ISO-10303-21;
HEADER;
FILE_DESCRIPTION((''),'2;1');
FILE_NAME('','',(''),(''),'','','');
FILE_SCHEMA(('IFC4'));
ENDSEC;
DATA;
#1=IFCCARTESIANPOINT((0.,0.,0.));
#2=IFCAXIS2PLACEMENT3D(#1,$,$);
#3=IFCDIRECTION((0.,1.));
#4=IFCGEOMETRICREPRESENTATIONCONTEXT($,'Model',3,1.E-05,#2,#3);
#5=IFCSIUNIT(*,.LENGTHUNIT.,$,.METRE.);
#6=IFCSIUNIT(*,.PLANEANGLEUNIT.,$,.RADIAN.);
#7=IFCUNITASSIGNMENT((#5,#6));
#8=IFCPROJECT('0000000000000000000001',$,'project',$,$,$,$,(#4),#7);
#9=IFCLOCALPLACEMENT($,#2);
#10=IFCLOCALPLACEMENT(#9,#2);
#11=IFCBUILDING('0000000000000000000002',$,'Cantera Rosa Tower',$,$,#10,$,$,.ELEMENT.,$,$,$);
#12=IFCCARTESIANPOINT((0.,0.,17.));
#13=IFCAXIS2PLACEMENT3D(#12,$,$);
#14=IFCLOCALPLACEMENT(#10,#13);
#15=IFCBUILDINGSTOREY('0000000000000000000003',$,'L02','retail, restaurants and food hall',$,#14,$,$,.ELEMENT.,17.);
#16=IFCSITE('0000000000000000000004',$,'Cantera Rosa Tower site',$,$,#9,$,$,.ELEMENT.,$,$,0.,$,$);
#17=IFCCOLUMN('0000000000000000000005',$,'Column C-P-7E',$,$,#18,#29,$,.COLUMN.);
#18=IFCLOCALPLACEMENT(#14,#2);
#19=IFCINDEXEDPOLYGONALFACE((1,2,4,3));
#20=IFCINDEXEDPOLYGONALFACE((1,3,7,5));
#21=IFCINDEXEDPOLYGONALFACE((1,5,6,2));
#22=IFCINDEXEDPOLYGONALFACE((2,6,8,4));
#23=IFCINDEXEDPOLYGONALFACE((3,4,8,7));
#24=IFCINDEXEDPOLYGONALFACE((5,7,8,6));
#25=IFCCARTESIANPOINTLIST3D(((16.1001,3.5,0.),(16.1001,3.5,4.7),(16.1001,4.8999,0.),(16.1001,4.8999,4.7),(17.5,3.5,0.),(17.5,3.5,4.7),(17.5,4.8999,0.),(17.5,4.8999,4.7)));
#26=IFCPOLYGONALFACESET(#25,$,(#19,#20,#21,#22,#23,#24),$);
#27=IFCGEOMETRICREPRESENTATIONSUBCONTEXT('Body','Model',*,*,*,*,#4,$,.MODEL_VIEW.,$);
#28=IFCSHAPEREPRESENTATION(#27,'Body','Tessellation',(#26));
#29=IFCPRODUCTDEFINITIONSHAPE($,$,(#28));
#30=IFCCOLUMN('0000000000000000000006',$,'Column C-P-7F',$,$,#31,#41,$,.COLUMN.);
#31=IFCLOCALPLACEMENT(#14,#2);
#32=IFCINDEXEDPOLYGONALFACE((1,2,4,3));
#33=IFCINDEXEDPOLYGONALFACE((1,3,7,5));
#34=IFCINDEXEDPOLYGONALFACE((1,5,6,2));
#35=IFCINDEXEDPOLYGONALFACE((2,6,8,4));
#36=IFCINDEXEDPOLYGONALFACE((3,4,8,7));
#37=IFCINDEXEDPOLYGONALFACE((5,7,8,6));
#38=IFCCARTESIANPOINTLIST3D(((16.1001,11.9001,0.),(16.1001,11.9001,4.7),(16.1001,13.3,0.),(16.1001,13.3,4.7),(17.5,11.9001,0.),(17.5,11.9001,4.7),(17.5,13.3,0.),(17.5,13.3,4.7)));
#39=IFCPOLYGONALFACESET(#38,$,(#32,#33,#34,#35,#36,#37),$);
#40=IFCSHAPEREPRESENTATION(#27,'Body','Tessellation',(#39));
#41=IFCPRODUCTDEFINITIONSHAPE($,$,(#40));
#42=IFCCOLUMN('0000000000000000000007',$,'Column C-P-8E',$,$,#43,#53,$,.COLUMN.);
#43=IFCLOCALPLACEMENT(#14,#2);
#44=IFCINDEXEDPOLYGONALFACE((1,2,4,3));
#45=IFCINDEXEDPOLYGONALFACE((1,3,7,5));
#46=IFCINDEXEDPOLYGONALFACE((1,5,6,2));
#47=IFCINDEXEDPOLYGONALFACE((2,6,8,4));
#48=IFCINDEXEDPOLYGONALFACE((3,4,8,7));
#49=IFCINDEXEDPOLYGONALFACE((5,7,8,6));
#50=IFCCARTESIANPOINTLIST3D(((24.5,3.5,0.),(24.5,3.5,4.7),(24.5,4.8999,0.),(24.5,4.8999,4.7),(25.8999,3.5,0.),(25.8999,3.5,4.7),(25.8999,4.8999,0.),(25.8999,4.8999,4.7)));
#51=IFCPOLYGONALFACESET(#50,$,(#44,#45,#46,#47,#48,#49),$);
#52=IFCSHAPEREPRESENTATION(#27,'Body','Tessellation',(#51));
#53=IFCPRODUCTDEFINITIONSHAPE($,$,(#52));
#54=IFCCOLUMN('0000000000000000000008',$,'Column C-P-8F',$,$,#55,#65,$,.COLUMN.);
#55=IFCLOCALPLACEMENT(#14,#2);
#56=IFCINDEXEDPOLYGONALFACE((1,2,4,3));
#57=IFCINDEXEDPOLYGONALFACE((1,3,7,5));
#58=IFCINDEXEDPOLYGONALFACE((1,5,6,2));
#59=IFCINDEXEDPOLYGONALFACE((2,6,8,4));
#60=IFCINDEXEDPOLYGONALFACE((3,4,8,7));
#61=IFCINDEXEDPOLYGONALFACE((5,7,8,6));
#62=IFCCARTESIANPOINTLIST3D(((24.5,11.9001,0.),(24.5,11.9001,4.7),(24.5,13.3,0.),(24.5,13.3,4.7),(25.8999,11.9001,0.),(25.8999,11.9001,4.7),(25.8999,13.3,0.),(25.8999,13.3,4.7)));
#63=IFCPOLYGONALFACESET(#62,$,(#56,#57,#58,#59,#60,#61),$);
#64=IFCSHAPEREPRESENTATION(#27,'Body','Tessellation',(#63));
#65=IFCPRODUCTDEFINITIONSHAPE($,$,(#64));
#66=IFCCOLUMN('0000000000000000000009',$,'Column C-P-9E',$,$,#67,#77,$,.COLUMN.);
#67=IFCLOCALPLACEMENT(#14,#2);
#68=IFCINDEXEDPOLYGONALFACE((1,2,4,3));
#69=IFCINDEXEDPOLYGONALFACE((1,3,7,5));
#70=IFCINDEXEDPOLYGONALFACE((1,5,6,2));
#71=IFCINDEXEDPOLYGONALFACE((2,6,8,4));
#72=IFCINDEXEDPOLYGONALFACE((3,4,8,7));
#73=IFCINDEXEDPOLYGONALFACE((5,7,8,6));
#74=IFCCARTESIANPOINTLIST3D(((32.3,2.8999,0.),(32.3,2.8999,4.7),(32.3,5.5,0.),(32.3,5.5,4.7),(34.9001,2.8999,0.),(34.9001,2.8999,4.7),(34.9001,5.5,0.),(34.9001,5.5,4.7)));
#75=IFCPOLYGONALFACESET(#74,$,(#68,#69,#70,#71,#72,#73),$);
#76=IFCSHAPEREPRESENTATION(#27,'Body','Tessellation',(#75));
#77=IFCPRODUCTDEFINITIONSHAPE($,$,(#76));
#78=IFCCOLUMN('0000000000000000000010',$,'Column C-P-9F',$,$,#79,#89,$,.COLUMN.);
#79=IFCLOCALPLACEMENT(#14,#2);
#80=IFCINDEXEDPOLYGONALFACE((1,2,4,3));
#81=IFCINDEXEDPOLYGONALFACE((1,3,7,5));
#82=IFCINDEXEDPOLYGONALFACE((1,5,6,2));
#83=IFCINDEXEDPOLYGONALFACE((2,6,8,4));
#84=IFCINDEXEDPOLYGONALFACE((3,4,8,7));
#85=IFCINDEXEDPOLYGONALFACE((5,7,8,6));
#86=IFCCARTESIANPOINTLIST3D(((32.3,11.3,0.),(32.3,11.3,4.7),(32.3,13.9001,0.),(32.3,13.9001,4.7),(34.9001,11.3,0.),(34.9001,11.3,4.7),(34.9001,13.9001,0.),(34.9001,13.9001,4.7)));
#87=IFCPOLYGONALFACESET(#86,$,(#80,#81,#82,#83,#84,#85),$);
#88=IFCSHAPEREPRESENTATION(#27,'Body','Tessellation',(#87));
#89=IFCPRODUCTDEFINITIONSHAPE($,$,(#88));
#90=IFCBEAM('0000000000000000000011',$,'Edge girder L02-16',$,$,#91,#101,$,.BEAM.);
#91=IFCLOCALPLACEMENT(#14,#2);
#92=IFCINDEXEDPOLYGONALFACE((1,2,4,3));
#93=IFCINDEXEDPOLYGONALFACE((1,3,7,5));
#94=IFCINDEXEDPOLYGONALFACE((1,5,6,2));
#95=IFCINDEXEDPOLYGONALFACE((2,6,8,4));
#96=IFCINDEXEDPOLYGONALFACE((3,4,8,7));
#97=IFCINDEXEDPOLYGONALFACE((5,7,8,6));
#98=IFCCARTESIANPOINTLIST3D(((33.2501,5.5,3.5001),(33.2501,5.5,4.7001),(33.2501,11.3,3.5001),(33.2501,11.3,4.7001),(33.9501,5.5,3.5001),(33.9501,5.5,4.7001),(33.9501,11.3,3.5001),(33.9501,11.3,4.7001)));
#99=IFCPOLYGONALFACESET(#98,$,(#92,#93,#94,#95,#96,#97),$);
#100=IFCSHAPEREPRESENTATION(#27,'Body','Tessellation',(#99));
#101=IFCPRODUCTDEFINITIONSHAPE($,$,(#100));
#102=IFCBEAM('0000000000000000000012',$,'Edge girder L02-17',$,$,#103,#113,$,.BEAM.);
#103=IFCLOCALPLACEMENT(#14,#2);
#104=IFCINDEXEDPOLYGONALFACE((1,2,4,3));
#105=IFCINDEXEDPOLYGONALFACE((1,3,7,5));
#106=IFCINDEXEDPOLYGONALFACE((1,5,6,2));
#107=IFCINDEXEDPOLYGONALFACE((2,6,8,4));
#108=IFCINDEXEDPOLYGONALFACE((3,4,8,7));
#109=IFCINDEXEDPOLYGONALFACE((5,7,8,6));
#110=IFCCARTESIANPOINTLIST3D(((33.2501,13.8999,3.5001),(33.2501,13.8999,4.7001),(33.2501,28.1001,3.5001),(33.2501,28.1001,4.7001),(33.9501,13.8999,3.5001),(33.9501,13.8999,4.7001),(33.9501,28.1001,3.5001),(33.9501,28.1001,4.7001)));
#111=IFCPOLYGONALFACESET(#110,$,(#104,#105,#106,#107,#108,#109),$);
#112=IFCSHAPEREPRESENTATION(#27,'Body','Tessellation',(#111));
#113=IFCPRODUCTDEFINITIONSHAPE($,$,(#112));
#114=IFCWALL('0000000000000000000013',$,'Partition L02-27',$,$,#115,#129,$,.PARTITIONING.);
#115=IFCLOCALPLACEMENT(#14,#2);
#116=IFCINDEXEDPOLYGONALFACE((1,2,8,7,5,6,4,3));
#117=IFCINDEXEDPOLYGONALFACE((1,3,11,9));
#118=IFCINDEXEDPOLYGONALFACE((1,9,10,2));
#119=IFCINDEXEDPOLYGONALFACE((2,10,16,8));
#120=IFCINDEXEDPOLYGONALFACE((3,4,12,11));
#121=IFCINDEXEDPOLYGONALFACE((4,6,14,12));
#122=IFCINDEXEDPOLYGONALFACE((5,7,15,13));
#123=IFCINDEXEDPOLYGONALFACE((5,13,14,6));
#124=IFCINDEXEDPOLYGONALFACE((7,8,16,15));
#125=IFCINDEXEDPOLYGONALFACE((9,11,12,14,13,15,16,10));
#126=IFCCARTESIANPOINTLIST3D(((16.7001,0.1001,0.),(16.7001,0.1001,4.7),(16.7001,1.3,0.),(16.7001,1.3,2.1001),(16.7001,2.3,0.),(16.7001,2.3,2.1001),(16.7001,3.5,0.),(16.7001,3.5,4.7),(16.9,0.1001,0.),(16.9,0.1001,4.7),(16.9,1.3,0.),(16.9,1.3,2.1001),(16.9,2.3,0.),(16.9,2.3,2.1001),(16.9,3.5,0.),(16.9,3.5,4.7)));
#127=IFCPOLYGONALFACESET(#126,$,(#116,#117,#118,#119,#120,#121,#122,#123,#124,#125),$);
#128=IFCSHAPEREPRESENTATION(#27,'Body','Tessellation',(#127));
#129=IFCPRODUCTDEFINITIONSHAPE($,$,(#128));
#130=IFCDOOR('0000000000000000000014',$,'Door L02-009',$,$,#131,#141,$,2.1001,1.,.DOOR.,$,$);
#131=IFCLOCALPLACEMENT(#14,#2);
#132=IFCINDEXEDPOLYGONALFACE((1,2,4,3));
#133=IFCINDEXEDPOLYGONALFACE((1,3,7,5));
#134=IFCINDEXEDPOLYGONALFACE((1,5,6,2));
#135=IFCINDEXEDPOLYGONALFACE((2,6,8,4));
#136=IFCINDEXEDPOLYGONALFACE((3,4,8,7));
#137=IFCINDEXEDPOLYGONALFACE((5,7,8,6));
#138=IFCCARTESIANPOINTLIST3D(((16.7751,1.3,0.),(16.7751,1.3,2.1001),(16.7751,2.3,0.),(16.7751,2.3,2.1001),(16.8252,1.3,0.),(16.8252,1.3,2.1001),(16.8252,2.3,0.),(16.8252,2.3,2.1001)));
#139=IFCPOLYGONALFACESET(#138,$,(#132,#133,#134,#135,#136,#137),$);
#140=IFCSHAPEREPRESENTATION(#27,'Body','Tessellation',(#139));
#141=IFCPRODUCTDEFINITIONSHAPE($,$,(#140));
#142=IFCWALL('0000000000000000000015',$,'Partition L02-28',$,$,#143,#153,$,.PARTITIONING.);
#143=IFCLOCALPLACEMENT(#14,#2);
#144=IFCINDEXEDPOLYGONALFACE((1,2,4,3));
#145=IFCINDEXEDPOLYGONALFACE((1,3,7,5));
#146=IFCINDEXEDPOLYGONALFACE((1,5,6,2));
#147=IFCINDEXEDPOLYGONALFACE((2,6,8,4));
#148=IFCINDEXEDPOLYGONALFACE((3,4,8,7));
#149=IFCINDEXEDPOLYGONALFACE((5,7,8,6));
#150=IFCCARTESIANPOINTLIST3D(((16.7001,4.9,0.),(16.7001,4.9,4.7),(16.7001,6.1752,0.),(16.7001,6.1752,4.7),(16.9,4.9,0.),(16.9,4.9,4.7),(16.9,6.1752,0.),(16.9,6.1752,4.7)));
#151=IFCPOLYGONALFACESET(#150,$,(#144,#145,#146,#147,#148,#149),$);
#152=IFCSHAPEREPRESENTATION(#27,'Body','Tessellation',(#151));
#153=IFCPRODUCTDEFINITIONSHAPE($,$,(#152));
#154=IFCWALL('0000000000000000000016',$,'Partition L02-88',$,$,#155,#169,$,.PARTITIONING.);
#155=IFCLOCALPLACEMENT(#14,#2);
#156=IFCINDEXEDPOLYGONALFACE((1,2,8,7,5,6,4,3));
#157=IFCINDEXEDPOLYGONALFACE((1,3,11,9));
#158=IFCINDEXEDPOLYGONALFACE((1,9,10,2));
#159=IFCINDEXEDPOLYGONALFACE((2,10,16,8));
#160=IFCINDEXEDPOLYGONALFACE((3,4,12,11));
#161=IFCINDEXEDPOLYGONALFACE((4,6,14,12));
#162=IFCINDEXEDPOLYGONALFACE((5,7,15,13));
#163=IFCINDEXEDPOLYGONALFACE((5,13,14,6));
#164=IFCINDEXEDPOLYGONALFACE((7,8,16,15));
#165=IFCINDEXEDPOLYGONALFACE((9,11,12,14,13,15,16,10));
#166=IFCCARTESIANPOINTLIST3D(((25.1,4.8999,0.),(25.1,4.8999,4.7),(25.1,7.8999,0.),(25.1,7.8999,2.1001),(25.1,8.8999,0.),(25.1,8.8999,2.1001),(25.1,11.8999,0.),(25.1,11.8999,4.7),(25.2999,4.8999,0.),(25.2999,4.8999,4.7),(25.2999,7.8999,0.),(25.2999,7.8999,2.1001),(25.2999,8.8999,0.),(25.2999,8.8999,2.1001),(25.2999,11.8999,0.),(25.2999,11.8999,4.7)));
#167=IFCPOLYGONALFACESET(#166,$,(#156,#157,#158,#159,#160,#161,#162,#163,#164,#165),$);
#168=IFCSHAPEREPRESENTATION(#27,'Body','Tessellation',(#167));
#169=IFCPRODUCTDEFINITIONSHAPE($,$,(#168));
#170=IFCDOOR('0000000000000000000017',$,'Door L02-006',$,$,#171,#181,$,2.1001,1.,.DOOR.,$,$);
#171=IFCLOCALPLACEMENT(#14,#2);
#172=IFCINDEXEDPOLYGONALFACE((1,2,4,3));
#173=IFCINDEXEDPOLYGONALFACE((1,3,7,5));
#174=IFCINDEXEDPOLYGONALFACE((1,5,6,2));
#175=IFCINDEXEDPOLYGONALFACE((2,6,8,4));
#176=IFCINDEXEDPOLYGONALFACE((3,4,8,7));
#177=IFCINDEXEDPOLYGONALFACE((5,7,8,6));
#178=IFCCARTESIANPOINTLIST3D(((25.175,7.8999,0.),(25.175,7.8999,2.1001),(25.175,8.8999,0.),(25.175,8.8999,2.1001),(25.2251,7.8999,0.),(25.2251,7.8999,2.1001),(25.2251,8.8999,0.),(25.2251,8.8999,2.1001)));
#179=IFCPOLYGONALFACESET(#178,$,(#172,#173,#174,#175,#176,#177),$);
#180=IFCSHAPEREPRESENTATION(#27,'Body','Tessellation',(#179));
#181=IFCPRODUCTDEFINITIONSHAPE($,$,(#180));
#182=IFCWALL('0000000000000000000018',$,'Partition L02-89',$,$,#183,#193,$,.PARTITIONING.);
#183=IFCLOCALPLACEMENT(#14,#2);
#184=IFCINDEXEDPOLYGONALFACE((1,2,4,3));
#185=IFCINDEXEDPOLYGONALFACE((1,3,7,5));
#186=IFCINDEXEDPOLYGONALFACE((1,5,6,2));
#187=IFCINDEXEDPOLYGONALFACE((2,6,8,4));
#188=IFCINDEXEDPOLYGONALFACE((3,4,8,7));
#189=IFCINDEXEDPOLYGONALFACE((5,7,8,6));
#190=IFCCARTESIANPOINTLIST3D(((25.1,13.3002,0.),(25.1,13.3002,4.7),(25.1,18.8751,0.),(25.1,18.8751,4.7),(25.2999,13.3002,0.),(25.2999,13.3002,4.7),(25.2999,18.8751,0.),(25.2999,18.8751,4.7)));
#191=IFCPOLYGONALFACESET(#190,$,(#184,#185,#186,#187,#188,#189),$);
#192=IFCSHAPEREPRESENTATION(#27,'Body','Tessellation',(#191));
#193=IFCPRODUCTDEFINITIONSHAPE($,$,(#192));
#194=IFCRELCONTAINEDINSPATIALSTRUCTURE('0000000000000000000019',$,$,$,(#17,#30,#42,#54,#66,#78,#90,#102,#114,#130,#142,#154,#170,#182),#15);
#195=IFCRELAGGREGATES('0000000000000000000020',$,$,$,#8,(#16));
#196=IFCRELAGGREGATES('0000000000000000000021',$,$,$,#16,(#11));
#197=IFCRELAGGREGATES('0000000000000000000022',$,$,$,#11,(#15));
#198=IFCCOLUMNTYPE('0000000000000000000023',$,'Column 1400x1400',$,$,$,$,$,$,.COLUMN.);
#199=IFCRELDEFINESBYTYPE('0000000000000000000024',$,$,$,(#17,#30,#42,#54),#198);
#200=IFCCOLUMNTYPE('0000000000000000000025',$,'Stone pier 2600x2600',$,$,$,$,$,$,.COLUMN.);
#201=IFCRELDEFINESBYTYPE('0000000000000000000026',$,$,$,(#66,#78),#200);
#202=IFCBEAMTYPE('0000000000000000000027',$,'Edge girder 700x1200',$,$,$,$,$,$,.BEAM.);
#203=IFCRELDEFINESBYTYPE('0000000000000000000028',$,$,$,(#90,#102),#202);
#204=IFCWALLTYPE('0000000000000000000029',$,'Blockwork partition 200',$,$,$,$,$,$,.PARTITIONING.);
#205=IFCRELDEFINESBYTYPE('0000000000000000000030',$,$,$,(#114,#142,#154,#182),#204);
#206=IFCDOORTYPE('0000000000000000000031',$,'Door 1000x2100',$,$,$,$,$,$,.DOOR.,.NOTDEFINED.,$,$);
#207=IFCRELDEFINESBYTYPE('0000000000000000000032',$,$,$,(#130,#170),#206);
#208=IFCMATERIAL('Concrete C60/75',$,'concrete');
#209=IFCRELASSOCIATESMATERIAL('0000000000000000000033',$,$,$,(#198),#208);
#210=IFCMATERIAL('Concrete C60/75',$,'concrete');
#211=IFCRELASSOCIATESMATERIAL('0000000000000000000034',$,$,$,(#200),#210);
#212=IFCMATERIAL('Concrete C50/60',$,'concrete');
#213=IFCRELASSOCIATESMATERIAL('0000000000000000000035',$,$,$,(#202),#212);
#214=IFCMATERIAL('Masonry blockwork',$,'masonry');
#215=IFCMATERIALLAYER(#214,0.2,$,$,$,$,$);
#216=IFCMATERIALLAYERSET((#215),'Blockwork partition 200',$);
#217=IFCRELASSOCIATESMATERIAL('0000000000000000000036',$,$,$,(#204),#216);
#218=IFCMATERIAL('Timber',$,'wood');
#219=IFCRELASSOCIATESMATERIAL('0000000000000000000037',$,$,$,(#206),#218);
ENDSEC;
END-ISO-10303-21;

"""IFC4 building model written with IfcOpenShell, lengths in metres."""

from ifc_helpers import new_model, si_unit, direction, frame, frame_2d, origin, origin_2d, place, context, subcontext, project, spatial, rectangle, extrude, material, layer, layer_set, material_profile, profile_set, type_object, element, fill, save


model = new_model("IFC4")

# Units and contexts
model_context = context("Model", 3, precision=1e-05, world=origin(), true_north=direction((0.0, 1.0)))
body_context = subcontext(model_context, "Body", "Model", "MODEL_VIEW")
ifc_project = project(units=[si_unit("LENGTHUNIT", "METRE"), si_unit("PLANEANGLEUNIT", "RADIAN")], contexts=[model_context])

# Site, building, storey
site_placement = place(None, origin())
site = spatial("IfcSite", under=ifc_project, at=site_placement, Name="Cantera Rosa Tower site", CompositionType="ELEMENT", RefElevation=0.0)
building_placement = place(site_placement, origin())
building = spatial("IfcBuilding", under=site, at=building_placement, Name="Cantera Rosa Tower", CompositionType="ELEMENT")
storey_placement = place(building_placement, frame((0.0, 0.0, 17.0)))
storey = spatial("IfcBuildingStorey", under=building, at=storey_placement, Name="L02", Description="retail, restaurants and food hall", CompositionType="ELEMENT", Elevation=17.0)

# Columns
ifc_material_1 = material(Name="Concrete C60/75", Category="concrete")
ifc_material_profile_1 = material_profile(ifc_material_1, rectangle(XDim=1.3999, YDim=1.3999, at=origin_2d()), Name="Column 1400x1400")
ifc_profile_set_1 = profile_set([ifc_material_profile_1], Name="Concrete C60/75")
column_type_1 = type_object("IfcColumnType", Name="Column 1400x1400", PredefinedType="COLUMN", material=ifc_profile_set_1)
for number, where, z_axis, x_axis, name in (
    (1, (16.8, 4.2, 0.0), (0.0, 0.0, 1.0), (1.0, 0.0, 0.0), "Column C-P-7E"),
    (2, (16.8, 12.6001, 0.0), (0.0, 0.0, 1.0), (1.0, 0.0, 0.0), "Column C-P-7F"),
    (3, (25.2, 4.2, 0.0), (0.0, 0.0, 1.0), (1.0, 0.0, 0.0), "Column C-P-8E"),
    (4, (25.2, 12.6001, 0.0), (0.0, 0.0, 1.0), (1.0, 0.0, 0.0), "Column C-P-8F"),
):
    element("IfcColumn", number, at=place(storey_placement, frame(where, z_axis=z_axis, x_axis=x_axis)), inside=storey, type_object=column_type_1, Name=name, PredefinedType="COLUMN", context=body_context, shape_type="SweptSolid", body=[
        extrude(rectangle(XDim=1.3999, YDim=1.3999, at=origin_2d()), origin(), (0.0, 0.0, 1.0), 4.7),
    ])
ifc_material_2 = material(Name="Concrete C60/75", Category="concrete")
ifc_material_profile_2 = material_profile(ifc_material_2, rectangle(XDim=2.6001, YDim=2.6001, at=origin_2d()), Name="Stone pier 2600x2600")
ifc_profile_set_2 = profile_set([ifc_material_profile_2], Name="Concrete C60/75")
column_type_2 = type_object("IfcColumnType", Name="Stone pier 2600x2600", PredefinedType="COLUMN", material=ifc_profile_set_2)
for number, where, z_axis, x_axis, name in (
    (5, (33.6001, 4.2, 0.0), (0.0, 0.0, 1.0), (1.0, 0.0, 0.0), "Column C-P-9E"),
    (6, (33.6001, 12.6001, 0.0), (0.0, 0.0, 1.0), (1.0, 0.0, 0.0), "Column C-P-9F"),
):
    element("IfcColumn", number, at=place(storey_placement, frame(where, z_axis=z_axis, x_axis=x_axis)), inside=storey, type_object=column_type_2, Name=name, PredefinedType="COLUMN", context=body_context, shape_type="SweptSolid", body=[
        extrude(rectangle(XDim=2.6001, YDim=2.6001, at=origin_2d()), origin(), (0.0, 0.0, 1.0), 4.7),
    ])

# Beams
ifc_material_3 = material(Name="Concrete C50/60", Category="concrete")
ifc_material_profile_3 = material_profile(ifc_material_3, rectangle(XDim=0.7, YDim=1.2, at=origin_2d()), Name="Edge girder 700x1200")
ifc_profile_set_3 = profile_set([ifc_material_profile_3], Name="Concrete C50/60")
beam_type = type_object("IfcBeamType", Name="Edge girder 700x1200", PredefinedType="BEAM", material=ifc_profile_set_3)
beam_1_placement = place(storey_placement, frame((33.6001, 5.5, 4.1001), z_axis=(0.0, 1.0, 0.0), x_axis=(-1.0, 0.0, 0.0)))
element("IfcBeam", 7, at=beam_1_placement, inside=storey, type_object=beam_type, Name="Edge girder L02-16", PredefinedType="BEAM", context=body_context, shape_type="SweptSolid", body=[
    extrude(rectangle(XDim=0.7, YDim=1.2, at=origin_2d()), origin(), (0.0, 0.0, 1.0), 5.8),
])
beam_2_placement = place(storey_placement, frame((33.6001, 13.8999, 4.1001), z_axis=(0.0, 1.0, 0.0), x_axis=(-1.0, 0.0, 0.0)))
element("IfcBeam", 8, at=beam_2_placement, inside=storey, type_object=beam_type, Name="Edge girder L02-17", PredefinedType="BEAM", context=body_context, shape_type="SweptSolid", body=[
    extrude(rectangle(XDim=0.7, YDim=1.2, at=origin_2d()), origin(), (0.0, 0.0, 1.0), 14.2002),
])

# Wall, opening, door
ifc_material_4 = material(Name="Masonry blockwork", Category="masonry")
ifc_layer_1 = layer(ifc_material_4, 0.2)
ifc_layer_set_1 = layer_set([ifc_layer_1], Name="Blockwork partition 200")
wall_type_1 = type_object("IfcWallType", Name="Blockwork partition 200", PredefinedType="PARTITIONING", material=ifc_layer_set_1)
wall_1_placement = place(storey_placement, frame((16.8, 0.1001, 0.0), z_axis=(0.0, 0.0, 1.0), x_axis=(0.0, 1.0, 0.0)))
wall_1 = element("IfcWall", 9, at=wall_1_placement, inside=storey, type_object=wall_type_1, Name="Partition L02-27", PredefinedType="PARTITIONING", context=body_context, shape_type="SweptSolid", body=[
    extrude(rectangle(XDim=3.3999, YDim=0.2, at=frame_2d((1.7, 0.0))), origin(), (0.0, 0.0, 1.0), 4.7),
])
opening_1_placement = place(wall_1_placement, frame((1.2, 0.0, 0.0)))
opening_1 = element("IfcOpeningElement", 10, at=opening_1_placement, cuts=wall_1, PredefinedType="OPENING", context=body_context, shape_type="SweptSolid", body=[
    extrude(rectangle(XDim=1.0, YDim=2.1001, at=frame_2d((0.5, 1.05))), frame((0.0, 0.1099, 0.0), z_axis=(0.0, -1.0, 0.0), x_axis=(1.0, 0.0, 0.0)), (0.0, 0.0, 1.0), 0.22),
])
ifc_material_5 = material(Name="Timber", Category="wood")
door_type_1 = type_object("IfcDoorType", Name="Door 1000x2100", OperationType="NOTDEFINED", PredefinedType="DOOR", material=ifc_material_5)
door_1_placement = place(opening_1_placement, origin())
door_1 = element("IfcDoor", 11, at=door_1_placement, inside=storey, type_object=door_type_1, Name="Door L02-009", OverallHeight=2.1001, OverallWidth=1.0, PredefinedType="DOOR", context=body_context, shape_type="SweptSolid", body=[
    extrude(rectangle(XDim=1.0, YDim=2.1001, at=frame_2d((0.5, 1.05))), frame((0.0, 0.0249, 0.0), z_axis=(0.0, -1.0, 0.0), x_axis=(1.0, 0.0, 0.0)), (0.0, 0.0, 1.0), 0.05),
])
fill(opening_1, door_1)

# Wall
wall_2_placement = place(storey_placement, frame((16.8, 4.8999, 0.0), z_axis=(0.0, 0.0, 1.0), x_axis=(0.0, 1.0, 0.0)))
element("IfcWall", 12, at=wall_2_placement, inside=storey, type_object=wall_type_1, Name="Partition L02-28", PredefinedType="PARTITIONING", context=body_context, shape_type="SweptSolid", body=[
    extrude(rectangle(XDim=1.2751, YDim=0.2, at=frame_2d((0.6377, 0.0))), origin(), (0.0, 0.0, 1.0), 4.7),
])

# Wall, opening, door
wall_3_placement = place(storey_placement, frame((25.2, 4.8999, 0.0), z_axis=(0.0, 0.0, 1.0), x_axis=(0.0, 1.0, 0.0)))
wall_3 = element("IfcWall", 13, at=wall_3_placement, inside=storey, type_object=wall_type_1, Name="Partition L02-88", PredefinedType="PARTITIONING", context=body_context, shape_type="SweptSolid", body=[
    extrude(rectangle(XDim=7.0, YDim=0.2, at=frame_2d((3.5, 0.0))), origin(), (0.0, 0.0, 1.0), 4.7),
])
opening_2_placement = place(wall_3_placement, frame((3.0, 0.0, 0.0)))
opening_2 = element("IfcOpeningElement", 14, at=opening_2_placement, cuts=wall_3, PredefinedType="OPENING", context=body_context, shape_type="SweptSolid", body=[
    extrude(rectangle(XDim=1.0, YDim=2.1001, at=frame_2d((0.5, 1.05))), frame((0.0, 0.1099, 0.0), z_axis=(0.0, -1.0, 0.0), x_axis=(1.0, 0.0, 0.0)), (0.0, 0.0, 1.0), 0.22),
])
door_2_placement = place(opening_2_placement, origin())
door_2 = element("IfcDoor", 15, at=door_2_placement, inside=storey, type_object=door_type_1, Name="Door L02-006", OverallHeight=2.1001, OverallWidth=1.0, PredefinedType="DOOR", context=body_context, shape_type="SweptSolid", body=[
    extrude(rectangle(XDim=1.0, YDim=2.1001, at=frame_2d((0.5, 1.05))), frame((0.0, 0.0249, 0.0), z_axis=(0.0, -1.0, 0.0), x_axis=(1.0, 0.0, 0.0)), (0.0, 0.0, 1.0), 0.05),
])
fill(opening_2, door_2)

# Wall
wall_4_placement = place(storey_placement, frame((25.2, 13.3, 0.0), z_axis=(0.0, 0.0, 1.0), x_axis=(0.0, 1.0, 0.0)))
element("IfcWall", 16, at=wall_4_placement, inside=storey, type_object=wall_type_1, Name="Partition L02-89", PredefinedType="PARTITIONING", context=body_context, shape_type="SweptSolid", body=[
    extrude(rectangle(XDim=5.575, YDim=0.2, at=frame_2d((2.7876, 0.0))), origin(), (0.0, 0.0, 1.0), 4.7),
])

save(model, "model.ifc")
